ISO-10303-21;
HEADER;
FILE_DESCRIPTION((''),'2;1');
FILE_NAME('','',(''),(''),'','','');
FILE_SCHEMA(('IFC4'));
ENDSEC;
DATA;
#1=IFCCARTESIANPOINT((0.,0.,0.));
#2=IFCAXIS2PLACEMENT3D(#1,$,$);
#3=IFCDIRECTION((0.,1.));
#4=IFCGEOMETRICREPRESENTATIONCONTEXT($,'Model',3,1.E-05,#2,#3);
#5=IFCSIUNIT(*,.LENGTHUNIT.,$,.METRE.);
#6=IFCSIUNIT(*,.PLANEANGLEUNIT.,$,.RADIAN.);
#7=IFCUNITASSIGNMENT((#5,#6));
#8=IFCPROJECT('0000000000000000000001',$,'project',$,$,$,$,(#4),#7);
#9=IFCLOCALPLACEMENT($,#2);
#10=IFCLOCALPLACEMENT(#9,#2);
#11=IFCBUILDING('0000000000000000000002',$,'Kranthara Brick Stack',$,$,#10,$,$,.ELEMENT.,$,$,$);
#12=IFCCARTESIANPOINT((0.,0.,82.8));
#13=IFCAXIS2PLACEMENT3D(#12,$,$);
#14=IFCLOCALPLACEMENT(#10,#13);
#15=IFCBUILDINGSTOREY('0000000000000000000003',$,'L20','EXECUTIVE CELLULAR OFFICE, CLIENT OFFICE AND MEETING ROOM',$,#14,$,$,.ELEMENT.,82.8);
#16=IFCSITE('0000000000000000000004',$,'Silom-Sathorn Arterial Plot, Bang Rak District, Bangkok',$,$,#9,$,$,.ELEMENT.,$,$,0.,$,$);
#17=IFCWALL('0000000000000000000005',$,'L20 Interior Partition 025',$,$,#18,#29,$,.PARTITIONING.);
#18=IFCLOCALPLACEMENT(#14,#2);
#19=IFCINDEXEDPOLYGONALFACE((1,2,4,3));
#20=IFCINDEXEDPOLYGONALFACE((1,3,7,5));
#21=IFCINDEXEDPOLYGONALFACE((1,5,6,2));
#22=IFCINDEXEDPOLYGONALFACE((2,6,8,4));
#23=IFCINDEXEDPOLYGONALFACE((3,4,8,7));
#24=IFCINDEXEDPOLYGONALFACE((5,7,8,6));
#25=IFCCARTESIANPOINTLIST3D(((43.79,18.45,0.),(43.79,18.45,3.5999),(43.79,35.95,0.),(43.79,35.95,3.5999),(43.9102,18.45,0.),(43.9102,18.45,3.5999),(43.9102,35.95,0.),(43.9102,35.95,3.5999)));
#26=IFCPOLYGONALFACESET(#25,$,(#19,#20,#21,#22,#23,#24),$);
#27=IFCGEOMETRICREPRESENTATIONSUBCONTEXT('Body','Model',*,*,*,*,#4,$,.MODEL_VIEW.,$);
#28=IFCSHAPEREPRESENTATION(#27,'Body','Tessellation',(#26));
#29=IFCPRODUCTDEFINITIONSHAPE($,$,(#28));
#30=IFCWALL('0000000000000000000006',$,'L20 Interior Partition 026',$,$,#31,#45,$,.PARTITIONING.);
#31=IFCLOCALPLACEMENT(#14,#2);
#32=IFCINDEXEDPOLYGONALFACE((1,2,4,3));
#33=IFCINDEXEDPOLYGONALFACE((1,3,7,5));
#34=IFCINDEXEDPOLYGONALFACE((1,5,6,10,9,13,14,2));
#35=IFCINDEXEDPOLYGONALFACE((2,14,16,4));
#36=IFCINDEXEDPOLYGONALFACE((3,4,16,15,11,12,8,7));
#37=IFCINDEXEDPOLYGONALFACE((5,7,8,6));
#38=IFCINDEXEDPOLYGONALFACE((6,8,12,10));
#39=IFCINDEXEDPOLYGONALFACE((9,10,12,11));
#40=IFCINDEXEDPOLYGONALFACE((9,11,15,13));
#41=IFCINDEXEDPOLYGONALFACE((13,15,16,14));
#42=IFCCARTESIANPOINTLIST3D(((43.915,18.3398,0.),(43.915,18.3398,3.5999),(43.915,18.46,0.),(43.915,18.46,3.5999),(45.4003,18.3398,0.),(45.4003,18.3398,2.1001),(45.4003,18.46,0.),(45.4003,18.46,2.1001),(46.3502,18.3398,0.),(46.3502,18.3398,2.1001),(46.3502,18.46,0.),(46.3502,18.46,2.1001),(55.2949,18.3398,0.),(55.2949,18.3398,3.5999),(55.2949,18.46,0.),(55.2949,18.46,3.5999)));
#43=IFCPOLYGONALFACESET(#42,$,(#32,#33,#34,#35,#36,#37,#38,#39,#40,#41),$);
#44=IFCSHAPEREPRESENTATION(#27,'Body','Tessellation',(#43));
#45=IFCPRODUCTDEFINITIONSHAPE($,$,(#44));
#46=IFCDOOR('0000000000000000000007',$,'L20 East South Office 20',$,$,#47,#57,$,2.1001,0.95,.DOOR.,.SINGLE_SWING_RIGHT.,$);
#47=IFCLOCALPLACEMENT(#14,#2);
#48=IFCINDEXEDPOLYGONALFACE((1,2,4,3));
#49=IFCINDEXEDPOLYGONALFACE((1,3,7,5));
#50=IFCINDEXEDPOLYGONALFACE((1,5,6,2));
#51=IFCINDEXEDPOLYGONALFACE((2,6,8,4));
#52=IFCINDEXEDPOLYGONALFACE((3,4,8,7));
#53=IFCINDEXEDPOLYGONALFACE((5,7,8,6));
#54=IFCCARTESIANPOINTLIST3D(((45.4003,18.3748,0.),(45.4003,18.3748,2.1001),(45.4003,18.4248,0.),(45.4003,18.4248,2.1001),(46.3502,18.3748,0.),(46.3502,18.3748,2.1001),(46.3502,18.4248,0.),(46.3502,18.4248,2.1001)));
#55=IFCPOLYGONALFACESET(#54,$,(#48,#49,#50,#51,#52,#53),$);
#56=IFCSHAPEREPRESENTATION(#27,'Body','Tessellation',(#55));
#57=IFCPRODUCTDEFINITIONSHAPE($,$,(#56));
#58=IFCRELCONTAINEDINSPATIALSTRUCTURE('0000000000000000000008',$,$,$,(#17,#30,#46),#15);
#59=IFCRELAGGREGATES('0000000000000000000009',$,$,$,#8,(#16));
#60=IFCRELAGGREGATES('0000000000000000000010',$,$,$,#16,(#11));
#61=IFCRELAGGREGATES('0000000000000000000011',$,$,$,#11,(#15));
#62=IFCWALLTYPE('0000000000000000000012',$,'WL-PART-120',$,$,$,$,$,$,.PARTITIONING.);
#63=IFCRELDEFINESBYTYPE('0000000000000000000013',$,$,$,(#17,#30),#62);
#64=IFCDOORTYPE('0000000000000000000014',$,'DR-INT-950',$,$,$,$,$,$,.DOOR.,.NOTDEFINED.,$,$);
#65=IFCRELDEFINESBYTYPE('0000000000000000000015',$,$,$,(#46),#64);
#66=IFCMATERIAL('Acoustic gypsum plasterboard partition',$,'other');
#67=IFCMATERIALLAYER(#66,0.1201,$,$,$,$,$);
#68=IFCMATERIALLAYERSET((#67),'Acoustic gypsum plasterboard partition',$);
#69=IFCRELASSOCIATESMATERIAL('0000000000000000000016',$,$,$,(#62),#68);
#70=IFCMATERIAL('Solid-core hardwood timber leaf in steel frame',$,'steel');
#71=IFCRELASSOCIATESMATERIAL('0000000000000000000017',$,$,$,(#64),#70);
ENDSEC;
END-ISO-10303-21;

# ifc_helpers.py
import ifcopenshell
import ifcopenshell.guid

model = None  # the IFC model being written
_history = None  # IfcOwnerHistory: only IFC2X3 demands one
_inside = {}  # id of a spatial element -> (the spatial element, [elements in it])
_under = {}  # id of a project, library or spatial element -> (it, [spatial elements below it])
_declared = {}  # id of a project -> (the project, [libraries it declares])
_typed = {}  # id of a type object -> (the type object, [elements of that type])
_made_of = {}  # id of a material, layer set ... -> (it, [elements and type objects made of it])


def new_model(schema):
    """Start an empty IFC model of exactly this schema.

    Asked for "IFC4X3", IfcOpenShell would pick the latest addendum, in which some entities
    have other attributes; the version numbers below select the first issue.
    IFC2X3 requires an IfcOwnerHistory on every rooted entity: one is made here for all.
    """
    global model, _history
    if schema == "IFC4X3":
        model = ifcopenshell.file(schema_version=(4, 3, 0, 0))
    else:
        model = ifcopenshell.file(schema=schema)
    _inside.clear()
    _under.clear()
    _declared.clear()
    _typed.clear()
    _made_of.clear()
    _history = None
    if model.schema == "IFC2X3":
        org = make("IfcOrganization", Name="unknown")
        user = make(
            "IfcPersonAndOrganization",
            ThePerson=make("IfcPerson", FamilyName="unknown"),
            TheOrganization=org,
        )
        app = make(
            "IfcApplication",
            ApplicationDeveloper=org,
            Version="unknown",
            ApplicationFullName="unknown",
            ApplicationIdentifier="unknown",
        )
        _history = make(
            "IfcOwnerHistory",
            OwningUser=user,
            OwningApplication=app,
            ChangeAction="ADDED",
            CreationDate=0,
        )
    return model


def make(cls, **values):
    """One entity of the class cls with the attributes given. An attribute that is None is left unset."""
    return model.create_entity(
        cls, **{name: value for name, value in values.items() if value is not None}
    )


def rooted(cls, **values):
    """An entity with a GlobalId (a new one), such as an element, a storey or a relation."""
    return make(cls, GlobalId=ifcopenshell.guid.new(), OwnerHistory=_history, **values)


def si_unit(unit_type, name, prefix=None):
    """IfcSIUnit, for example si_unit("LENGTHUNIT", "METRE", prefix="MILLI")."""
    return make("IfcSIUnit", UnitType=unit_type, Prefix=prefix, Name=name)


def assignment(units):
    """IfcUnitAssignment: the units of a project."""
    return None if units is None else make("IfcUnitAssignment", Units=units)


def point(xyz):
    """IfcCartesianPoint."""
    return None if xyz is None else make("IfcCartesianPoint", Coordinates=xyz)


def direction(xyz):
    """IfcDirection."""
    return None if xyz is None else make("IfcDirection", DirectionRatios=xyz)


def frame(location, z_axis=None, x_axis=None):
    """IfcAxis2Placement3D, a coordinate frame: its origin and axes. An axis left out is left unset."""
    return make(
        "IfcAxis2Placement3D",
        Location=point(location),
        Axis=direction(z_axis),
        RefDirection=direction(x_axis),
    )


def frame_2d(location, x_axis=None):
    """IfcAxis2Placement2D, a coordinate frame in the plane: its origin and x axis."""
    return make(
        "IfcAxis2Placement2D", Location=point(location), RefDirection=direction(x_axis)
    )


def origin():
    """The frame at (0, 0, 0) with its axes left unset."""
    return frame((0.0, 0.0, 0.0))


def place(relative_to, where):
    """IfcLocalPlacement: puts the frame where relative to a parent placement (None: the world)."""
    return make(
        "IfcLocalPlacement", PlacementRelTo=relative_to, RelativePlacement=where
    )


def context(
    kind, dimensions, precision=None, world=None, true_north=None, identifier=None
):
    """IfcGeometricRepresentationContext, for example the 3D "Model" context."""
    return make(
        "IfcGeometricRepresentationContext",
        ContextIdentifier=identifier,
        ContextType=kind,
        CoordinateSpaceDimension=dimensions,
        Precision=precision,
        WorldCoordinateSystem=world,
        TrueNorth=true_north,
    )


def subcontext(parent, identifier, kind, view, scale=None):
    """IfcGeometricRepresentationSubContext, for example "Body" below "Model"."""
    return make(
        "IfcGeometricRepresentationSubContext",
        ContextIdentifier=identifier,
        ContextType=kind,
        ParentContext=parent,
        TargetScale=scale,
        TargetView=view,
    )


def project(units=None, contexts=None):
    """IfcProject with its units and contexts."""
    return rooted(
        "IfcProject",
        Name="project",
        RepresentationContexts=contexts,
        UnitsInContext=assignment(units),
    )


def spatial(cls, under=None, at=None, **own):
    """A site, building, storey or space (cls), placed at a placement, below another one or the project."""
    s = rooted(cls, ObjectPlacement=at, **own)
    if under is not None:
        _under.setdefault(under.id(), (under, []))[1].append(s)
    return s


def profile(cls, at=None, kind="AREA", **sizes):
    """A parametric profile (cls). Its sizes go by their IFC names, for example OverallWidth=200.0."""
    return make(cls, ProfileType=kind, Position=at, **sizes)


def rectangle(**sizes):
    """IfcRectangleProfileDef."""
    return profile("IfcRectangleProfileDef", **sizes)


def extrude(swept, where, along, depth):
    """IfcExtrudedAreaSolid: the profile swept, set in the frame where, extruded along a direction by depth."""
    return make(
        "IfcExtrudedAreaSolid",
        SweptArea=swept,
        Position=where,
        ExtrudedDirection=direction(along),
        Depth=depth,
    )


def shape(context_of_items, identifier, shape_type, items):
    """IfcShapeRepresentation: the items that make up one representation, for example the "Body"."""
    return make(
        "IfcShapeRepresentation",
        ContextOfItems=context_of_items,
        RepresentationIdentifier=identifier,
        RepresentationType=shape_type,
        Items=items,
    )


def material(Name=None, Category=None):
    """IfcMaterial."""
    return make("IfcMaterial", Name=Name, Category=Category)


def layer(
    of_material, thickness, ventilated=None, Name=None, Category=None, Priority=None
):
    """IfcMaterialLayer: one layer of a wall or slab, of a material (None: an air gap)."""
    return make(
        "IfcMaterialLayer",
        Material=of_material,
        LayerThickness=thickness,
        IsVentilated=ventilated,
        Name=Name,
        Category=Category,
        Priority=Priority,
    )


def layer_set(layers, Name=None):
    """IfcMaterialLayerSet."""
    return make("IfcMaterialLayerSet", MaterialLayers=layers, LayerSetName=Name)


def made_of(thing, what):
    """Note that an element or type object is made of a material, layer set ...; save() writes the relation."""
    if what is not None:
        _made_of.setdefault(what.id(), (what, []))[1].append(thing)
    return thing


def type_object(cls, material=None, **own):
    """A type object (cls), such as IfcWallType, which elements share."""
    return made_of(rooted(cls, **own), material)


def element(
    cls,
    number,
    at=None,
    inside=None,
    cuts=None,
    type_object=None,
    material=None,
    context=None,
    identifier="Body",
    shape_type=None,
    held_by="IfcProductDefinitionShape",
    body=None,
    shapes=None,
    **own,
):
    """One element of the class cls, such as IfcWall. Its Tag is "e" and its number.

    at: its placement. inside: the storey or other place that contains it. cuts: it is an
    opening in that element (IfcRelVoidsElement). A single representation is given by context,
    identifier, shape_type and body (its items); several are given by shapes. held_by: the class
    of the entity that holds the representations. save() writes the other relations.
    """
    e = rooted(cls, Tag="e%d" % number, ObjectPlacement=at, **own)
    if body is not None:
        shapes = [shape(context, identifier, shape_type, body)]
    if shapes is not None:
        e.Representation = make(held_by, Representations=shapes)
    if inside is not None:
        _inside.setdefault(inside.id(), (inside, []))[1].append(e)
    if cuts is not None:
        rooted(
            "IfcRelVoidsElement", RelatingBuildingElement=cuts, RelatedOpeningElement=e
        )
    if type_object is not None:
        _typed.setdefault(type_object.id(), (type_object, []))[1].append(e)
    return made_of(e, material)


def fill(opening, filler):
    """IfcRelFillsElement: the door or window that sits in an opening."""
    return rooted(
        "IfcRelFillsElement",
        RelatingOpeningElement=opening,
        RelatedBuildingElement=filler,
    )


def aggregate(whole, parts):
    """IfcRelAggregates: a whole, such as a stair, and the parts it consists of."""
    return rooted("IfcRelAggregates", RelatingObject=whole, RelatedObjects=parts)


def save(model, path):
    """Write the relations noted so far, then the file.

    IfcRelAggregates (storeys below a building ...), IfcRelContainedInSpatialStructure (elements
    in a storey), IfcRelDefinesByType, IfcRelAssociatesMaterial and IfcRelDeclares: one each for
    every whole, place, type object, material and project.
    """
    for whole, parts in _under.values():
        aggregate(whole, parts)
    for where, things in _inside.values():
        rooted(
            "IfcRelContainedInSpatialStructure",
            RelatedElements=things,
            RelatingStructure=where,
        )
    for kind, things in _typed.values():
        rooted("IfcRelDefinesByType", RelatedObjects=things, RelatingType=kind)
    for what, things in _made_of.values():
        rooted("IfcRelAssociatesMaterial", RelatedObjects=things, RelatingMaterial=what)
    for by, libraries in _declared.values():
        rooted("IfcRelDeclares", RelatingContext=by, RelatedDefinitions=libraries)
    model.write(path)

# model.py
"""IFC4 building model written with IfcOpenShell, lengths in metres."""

from ifc_helpers import new_model, si_unit, direction, frame, frame_2d, origin, place, context, subcontext, project, spatial, rectangle, extrude, material, layer, layer_set, type_object, element, fill, save


model = new_model("IFC4")

# Units and contexts
model_context = context("Model", 3, precision=1e-05, world=origin(), true_north=direction((0.0, 1.0)))
body_context = subcontext(model_context, "Body", "Model", "MODEL_VIEW")
ifc_project = project(units=[si_unit("LENGTHUNIT", "METRE"), si_unit("PLANEANGLEUNIT", "RADIAN")], contexts=[model_context])

# Site, building, storey
site_placement = place(None, origin())
site = spatial("IfcSite", under=ifc_project, at=site_placement, Name="Silom-Sathorn Arterial Plot, Bang Rak District, Bangkok", CompositionType="ELEMENT", RefElevation=0.0)
building_placement = place(site_placement, origin())
building = spatial("IfcBuilding", under=site, at=building_placement, Name="Kranthara Brick Stack", CompositionType="ELEMENT")
storey_placement = place(building_placement, frame((0.0, 0.0, 82.8)))
storey = spatial("IfcBuildingStorey", under=building, at=storey_placement, Name="L20", Description="EXECUTIVE CELLULAR OFFICE, CLIENT OFFICE AND MEETING ROOM", CompositionType="ELEMENT", Elevation=82.8)

# Wall
ifc_material_1 = material(Name="Acoustic gypsum plasterboard partition", Category="other")
ifc_layer_1 = layer(ifc_material_1, 0.1201)
ifc_layer_set_1 = layer_set([ifc_layer_1], Name="Acoustic gypsum plasterboard partition")
wall_type_1 = type_object("IfcWallType", Name="WL-PART-120", PredefinedType="PARTITIONING", material=ifc_layer_set_1)
wall_1_placement = place(storey_placement, frame((43.8501, 18.45, 0.0), z_axis=(0.0, 0.0, 1.0), x_axis=(0.0, 1.0, 0.0)))
element("IfcWall", 1, at=wall_1_placement, inside=storey, type_object=wall_type_1, Name="L20 Interior Partition 025", PredefinedType="PARTITIONING", context=body_context, shape_type="SweptSolid", body=[
    extrude(rectangle(XDim=17.5, YDim=0.1201, at=frame_2d((8.75, 0.0))), origin(), (0.0, 0.0, 1.0), 3.5999),
])

# Wall, opening, door
wall_2_placement = place(storey_placement, frame((43.915, 18.3999, 0.0), z_axis=(0.0, 0.0, 1.0), x_axis=(1.0, 0.0, 0.0)))
wall_2 = element("IfcWall", 2, at=wall_2_placement, inside=storey, type_object=wall_type_1, Name="L20 Interior Partition 026", PredefinedType="PARTITIONING", context=body_context, shape_type="SweptSolid", body=[
    extrude(rectangle(XDim=11.3799, YDim=0.1201, at=frame_2d((5.6899, 0.0))), origin(), (0.0, 0.0, 1.0), 3.5999),
])
opening_1_placement = place(wall_2_placement, frame((1.4851, 0.0, 0.0)))
opening_1 = element("IfcOpeningElement", 3, at=opening_1_placement, cuts=wall_2, PredefinedType="OPENING", context=body_context, shape_type="SweptSolid", body=[
    extrude(rectangle(XDim=0.95, YDim=2.1001, at=frame_2d((0.4751, 1.05))), frame((0.0, 0.0701, 0.0), z_axis=(0.0, -1.0, 0.0), x_axis=(1.0, 0.0, 0.0)), (0.0, 0.0, 1.0), 0.1401),
])
ifc_material_2 = material(Name="Solid-core hardwood timber leaf in steel frame", Category="steel")
door_type_1 = type_object("IfcDoorType", Name="DR-INT-950", OperationType="NOTDEFINED", PredefinedType="DOOR", material=ifc_material_2)
door_1_placement = place(opening_1_placement, origin())
door_1 = element("IfcDoor", 4, at=door_1_placement, inside=storey, type_object=door_type_1, Name="L20 East South Office 20", OperationType="SINGLE_SWING_RIGHT", OverallHeight=2.1001, OverallWidth=0.95, PredefinedType="DOOR", context=body_context, shape_type="SweptSolid", body=[
    extrude(rectangle(XDim=0.95, YDim=2.1001, at=frame_2d((0.4751, 1.05))), frame((0.0, 0.0249, 0.0), z_axis=(0.0, -1.0, 0.0), x_axis=(1.0, 0.0, 0.0)), (0.0, 0.0, 1.0), 0.05),
])
fill(opening_1, door_1)

save(model, "model.ifc")
